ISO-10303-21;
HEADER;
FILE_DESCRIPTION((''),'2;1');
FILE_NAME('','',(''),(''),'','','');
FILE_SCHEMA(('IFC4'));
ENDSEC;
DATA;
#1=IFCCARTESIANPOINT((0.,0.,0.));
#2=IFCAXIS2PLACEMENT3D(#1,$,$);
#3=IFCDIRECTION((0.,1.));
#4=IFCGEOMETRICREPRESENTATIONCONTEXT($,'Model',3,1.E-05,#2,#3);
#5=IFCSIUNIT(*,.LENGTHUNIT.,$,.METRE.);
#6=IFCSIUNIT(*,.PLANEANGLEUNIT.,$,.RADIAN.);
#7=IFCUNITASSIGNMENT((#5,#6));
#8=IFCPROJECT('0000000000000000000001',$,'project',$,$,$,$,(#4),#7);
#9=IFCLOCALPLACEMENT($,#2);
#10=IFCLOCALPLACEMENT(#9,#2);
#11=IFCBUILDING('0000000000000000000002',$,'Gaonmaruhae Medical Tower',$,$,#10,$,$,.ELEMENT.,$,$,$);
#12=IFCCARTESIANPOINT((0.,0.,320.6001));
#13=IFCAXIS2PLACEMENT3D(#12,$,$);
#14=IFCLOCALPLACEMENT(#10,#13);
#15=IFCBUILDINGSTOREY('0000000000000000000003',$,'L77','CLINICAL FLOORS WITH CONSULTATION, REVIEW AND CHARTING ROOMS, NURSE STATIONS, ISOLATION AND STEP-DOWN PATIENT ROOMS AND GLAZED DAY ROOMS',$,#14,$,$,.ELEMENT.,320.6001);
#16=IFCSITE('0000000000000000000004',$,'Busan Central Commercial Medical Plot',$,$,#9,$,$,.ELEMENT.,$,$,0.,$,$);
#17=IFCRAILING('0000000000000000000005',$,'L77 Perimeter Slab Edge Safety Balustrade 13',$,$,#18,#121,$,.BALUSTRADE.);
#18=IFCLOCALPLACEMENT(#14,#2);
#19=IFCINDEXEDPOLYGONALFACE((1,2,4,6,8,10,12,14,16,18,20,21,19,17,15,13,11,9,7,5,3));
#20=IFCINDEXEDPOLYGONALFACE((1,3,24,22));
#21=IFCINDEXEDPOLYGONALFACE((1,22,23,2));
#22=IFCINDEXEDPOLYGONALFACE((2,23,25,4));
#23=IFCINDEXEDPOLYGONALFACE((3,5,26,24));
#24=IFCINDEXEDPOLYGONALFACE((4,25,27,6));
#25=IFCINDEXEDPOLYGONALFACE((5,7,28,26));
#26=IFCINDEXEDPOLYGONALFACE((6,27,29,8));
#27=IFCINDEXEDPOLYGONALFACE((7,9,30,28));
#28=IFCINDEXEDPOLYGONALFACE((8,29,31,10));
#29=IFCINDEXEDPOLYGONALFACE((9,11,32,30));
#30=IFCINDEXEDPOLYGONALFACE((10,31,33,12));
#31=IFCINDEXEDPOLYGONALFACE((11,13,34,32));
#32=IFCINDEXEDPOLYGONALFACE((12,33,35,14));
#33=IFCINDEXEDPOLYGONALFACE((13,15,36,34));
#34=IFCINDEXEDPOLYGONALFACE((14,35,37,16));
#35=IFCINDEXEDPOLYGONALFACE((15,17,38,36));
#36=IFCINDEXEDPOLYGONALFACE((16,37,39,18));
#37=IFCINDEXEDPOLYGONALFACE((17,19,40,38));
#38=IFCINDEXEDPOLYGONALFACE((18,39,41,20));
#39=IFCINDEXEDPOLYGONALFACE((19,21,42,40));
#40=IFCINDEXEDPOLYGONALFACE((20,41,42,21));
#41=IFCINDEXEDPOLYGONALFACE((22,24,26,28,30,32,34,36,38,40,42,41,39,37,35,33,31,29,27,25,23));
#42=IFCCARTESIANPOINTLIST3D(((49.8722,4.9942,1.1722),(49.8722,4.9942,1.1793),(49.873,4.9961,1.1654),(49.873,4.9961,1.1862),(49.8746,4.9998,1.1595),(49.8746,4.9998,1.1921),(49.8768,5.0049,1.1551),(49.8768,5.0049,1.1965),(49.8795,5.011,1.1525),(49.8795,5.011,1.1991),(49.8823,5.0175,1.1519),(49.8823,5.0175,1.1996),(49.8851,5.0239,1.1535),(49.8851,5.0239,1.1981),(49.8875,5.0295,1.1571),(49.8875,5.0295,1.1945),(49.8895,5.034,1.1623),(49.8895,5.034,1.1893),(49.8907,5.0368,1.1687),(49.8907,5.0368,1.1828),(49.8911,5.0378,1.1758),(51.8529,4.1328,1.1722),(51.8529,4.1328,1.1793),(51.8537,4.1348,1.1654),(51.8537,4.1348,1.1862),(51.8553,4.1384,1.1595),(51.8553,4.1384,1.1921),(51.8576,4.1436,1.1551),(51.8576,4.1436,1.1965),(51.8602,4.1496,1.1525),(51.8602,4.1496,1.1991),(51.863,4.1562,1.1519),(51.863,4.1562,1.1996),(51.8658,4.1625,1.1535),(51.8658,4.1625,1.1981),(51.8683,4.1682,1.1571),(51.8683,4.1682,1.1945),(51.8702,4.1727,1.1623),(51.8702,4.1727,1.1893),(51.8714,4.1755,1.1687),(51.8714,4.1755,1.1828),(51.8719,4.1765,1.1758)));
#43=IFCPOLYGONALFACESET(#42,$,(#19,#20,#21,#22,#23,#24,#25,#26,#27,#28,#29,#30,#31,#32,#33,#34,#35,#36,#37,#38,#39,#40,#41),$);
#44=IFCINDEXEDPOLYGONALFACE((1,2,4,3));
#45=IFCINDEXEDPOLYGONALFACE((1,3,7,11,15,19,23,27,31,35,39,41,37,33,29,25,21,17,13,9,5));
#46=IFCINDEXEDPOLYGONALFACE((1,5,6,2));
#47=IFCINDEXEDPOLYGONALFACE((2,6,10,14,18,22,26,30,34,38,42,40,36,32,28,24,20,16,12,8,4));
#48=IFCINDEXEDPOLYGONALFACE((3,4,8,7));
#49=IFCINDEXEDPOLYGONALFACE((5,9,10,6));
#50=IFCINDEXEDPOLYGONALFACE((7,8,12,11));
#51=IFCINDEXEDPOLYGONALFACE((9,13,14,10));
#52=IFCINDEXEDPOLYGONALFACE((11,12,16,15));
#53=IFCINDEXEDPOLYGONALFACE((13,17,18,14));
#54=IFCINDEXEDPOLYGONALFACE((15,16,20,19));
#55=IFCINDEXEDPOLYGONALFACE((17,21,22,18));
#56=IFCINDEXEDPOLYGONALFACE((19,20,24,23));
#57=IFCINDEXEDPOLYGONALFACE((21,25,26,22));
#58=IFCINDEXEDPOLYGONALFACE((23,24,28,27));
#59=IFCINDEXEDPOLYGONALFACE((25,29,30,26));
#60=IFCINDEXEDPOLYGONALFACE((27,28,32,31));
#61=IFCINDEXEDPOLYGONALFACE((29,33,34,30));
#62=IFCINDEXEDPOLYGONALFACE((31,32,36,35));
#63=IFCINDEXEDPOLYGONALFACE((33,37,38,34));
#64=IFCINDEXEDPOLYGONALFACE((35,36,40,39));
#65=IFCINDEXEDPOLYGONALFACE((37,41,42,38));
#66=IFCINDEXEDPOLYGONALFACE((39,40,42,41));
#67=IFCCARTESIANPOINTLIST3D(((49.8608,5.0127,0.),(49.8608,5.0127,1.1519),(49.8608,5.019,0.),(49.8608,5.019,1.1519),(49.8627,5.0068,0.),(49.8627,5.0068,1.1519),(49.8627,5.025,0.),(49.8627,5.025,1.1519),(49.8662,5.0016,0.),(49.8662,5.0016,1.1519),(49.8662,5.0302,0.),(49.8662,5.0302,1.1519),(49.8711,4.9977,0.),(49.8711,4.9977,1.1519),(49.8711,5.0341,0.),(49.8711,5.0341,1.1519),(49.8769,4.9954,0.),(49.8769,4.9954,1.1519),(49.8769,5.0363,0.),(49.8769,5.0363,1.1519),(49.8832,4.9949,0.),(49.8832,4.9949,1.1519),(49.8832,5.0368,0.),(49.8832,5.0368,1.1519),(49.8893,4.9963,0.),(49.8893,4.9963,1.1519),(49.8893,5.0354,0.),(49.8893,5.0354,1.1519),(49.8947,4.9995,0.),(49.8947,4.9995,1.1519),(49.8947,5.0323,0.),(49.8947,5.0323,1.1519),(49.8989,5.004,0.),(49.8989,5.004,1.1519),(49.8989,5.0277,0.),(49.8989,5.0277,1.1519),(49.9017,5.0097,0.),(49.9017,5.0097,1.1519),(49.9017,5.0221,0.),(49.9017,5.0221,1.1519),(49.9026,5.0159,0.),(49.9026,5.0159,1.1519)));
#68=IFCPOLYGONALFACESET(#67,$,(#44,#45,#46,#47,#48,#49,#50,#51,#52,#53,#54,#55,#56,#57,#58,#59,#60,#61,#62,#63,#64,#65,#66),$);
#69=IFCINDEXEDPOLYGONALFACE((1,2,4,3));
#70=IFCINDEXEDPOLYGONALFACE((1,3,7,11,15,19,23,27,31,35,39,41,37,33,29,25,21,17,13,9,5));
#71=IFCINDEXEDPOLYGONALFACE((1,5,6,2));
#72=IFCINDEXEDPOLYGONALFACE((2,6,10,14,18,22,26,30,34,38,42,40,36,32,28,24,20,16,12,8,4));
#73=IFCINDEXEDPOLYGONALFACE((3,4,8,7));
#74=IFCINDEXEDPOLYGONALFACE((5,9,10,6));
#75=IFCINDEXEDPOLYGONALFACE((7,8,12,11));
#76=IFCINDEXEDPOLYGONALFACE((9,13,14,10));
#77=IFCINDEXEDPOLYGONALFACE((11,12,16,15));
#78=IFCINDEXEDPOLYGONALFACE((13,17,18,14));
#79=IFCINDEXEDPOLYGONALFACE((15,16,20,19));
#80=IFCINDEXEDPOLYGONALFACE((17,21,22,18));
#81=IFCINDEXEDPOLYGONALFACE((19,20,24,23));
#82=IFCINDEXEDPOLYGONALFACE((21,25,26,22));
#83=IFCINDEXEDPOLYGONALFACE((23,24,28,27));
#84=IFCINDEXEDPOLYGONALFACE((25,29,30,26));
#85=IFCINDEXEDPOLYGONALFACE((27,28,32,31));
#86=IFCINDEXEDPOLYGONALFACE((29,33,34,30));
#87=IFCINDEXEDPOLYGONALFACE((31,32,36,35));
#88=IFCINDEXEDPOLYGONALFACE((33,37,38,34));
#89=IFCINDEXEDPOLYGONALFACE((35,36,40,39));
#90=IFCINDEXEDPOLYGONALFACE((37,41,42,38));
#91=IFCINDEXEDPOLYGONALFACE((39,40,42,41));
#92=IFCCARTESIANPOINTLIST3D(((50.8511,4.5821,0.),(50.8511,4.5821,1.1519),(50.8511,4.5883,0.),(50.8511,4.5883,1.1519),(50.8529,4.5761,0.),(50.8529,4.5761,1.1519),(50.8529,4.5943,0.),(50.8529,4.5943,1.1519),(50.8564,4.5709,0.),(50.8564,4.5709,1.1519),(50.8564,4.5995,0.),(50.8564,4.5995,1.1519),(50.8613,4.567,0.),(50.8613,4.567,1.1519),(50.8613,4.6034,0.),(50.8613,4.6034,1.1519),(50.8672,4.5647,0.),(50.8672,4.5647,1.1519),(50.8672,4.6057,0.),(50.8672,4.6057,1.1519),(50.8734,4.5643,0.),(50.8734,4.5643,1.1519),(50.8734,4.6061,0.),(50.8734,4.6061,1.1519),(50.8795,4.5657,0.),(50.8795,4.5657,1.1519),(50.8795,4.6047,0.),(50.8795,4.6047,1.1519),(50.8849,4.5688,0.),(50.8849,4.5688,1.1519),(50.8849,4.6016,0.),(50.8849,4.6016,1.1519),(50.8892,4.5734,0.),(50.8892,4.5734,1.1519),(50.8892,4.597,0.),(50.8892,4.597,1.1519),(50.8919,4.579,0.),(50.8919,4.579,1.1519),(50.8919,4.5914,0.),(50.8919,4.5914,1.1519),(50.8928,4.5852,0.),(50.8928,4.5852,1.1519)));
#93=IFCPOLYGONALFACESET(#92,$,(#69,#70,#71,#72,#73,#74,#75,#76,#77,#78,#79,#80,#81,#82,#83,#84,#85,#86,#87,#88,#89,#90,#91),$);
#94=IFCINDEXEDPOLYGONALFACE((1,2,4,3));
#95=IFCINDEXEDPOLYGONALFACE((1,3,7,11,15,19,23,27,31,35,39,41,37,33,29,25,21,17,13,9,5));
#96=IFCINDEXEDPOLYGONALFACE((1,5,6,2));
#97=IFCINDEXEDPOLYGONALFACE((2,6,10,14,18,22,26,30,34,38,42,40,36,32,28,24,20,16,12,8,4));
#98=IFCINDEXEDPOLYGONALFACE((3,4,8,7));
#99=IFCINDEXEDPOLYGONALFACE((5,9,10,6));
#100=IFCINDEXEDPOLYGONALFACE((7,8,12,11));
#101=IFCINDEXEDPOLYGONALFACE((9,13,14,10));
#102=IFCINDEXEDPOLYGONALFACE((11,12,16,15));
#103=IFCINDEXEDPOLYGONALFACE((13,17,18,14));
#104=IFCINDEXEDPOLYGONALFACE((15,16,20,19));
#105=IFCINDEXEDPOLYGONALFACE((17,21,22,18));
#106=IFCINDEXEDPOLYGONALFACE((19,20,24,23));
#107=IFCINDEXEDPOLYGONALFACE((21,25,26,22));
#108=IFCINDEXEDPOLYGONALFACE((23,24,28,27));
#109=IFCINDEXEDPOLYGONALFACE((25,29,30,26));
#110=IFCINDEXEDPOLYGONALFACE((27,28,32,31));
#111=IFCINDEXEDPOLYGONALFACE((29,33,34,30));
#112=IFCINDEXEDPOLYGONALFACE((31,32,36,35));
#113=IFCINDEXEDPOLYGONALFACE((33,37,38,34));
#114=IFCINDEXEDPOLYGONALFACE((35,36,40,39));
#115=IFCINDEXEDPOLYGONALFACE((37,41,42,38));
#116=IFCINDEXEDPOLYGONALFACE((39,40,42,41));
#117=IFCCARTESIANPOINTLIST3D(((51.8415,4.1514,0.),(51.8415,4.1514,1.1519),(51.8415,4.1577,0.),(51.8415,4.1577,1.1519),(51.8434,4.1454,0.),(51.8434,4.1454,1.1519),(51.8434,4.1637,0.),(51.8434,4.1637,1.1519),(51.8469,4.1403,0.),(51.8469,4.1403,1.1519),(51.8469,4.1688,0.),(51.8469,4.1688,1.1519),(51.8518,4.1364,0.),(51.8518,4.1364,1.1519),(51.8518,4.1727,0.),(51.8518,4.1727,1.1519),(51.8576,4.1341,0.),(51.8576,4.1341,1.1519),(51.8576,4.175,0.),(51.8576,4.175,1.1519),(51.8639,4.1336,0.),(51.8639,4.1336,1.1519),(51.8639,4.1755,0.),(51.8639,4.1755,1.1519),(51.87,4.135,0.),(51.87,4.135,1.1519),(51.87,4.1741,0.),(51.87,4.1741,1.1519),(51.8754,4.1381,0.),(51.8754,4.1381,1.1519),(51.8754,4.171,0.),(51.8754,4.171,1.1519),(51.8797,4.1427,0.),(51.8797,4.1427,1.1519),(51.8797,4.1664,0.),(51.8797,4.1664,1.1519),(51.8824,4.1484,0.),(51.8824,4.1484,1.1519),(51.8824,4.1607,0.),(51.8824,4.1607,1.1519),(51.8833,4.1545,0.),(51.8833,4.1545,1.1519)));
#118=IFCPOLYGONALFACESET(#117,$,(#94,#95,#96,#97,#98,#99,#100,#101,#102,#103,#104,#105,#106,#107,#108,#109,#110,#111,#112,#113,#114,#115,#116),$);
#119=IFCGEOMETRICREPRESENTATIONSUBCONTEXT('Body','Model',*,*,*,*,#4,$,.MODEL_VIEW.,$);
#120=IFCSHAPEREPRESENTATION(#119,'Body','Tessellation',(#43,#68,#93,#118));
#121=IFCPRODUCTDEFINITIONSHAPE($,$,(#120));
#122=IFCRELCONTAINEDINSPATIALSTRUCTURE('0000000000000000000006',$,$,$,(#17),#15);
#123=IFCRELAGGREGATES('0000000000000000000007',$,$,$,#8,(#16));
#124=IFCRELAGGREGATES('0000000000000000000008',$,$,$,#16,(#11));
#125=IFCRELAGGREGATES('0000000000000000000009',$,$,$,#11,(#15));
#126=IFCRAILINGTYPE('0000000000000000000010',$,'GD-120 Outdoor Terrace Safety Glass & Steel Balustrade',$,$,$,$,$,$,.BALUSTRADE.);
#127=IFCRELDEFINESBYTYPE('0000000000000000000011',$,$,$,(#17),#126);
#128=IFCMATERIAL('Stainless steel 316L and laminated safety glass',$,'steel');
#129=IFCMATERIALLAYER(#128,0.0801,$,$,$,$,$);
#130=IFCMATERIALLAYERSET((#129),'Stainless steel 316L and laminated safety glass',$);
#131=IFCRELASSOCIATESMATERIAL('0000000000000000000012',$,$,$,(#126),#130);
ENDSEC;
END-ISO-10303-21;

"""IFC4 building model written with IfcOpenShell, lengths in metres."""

from ifc_helpers import new_model, si_unit, direction, frame, origin, origin_2d, place, context, subcontext, project, spatial, circle, extrude, material, layer, layer_set, type_object, element, save


model = new_model("IFC4")

# Units and contexts
model_context = context("Model", 3, precision=1e-05, world=origin(), true_north=direction((0.0, 1.0)))
body_context = subcontext(model_context, "Body", "Model", "MODEL_VIEW")
ifc_project = project(units=[si_unit("LENGTHUNIT", "METRE"), si_unit("PLANEANGLEUNIT", "RADIAN")], contexts=[model_context])

# Site, building, storey
site_placement = place(None, origin())
site = spatial("IfcSite", under=ifc_project, at=site_placement, Name="Busan Central Commercial Medical Plot", CompositionType="ELEMENT", RefElevation=0.0)
building_placement = place(site_placement, origin())
building = spatial("IfcBuilding", under=site, at=building_placement, Name="Gaonmaruhae Medical Tower", CompositionType="ELEMENT")
storey_placement = place(building_placement, frame((0.0, 0.0, 320.6001)))
storey = spatial("IfcBuildingStorey", under=building, at=storey_placement, Name="L77", Description="CLINICAL FLOORS WITH CONSULTATION, REVIEW AND CHARTING ROOMS, NURSE STATIONS, ISOLATION AND STEP-DOWN PATIENT ROOMS AND GLAZED DAY ROOMS", CompositionType="ELEMENT", Elevation=320.6001)

# Railing
ifc_material_1 = material(Name="Stainless steel 316L and laminated safety glass", Category="steel")
ifc_layer_1 = layer(ifc_material_1, 0.0801)
ifc_layer_set_1 = layer_set([ifc_layer_1], Name="Stainless steel 316L and laminated safety glass")
railing_type = type_object("IfcRailingType", Name="GD-120 Outdoor Terrace Safety Glass & Steel Balustrade", PredefinedType="BALUSTRADE", material=ifc_layer_set_1)
railing_1_placement = place(storey_placement, frame((49.8816, 5.0159, 0.0)))
element("IfcRailing", 1, at=railing_1_placement, inside=storey, type_object=railing_type, Name="L77 Perimeter Slab Edge Safety Balustrade 13", PredefinedType="BALUSTRADE", context=body_context, shape_type="SweptSolid", body=[
    extrude(circle(Radius=0.0239, at=origin_2d()), frame((0.0, 0.0, 1.1758), z_axis=(0.917045, -0.398784, 0.0), x_axis=(0.398784, 0.917045, 0.0)), (0.0, 0.0, 1.0), 2.1599),
    extrude(circle(Radius=0.021, at=origin_2d()), origin(), (0.0, 0.0, 1.0), 1.1519),
    extrude(circle(Radius=0.021, at=origin_2d()), frame((0.9902, -0.4307, 0.0)), (0.0, 0.0, 1.0), 1.1519),
    extrude(circle(Radius=0.021, at=origin_2d()), frame((1.9807, -0.8613, 0.0)), (0.0, 0.0, 1.0), 1.1519),
])

save(model, "model.ifc")
